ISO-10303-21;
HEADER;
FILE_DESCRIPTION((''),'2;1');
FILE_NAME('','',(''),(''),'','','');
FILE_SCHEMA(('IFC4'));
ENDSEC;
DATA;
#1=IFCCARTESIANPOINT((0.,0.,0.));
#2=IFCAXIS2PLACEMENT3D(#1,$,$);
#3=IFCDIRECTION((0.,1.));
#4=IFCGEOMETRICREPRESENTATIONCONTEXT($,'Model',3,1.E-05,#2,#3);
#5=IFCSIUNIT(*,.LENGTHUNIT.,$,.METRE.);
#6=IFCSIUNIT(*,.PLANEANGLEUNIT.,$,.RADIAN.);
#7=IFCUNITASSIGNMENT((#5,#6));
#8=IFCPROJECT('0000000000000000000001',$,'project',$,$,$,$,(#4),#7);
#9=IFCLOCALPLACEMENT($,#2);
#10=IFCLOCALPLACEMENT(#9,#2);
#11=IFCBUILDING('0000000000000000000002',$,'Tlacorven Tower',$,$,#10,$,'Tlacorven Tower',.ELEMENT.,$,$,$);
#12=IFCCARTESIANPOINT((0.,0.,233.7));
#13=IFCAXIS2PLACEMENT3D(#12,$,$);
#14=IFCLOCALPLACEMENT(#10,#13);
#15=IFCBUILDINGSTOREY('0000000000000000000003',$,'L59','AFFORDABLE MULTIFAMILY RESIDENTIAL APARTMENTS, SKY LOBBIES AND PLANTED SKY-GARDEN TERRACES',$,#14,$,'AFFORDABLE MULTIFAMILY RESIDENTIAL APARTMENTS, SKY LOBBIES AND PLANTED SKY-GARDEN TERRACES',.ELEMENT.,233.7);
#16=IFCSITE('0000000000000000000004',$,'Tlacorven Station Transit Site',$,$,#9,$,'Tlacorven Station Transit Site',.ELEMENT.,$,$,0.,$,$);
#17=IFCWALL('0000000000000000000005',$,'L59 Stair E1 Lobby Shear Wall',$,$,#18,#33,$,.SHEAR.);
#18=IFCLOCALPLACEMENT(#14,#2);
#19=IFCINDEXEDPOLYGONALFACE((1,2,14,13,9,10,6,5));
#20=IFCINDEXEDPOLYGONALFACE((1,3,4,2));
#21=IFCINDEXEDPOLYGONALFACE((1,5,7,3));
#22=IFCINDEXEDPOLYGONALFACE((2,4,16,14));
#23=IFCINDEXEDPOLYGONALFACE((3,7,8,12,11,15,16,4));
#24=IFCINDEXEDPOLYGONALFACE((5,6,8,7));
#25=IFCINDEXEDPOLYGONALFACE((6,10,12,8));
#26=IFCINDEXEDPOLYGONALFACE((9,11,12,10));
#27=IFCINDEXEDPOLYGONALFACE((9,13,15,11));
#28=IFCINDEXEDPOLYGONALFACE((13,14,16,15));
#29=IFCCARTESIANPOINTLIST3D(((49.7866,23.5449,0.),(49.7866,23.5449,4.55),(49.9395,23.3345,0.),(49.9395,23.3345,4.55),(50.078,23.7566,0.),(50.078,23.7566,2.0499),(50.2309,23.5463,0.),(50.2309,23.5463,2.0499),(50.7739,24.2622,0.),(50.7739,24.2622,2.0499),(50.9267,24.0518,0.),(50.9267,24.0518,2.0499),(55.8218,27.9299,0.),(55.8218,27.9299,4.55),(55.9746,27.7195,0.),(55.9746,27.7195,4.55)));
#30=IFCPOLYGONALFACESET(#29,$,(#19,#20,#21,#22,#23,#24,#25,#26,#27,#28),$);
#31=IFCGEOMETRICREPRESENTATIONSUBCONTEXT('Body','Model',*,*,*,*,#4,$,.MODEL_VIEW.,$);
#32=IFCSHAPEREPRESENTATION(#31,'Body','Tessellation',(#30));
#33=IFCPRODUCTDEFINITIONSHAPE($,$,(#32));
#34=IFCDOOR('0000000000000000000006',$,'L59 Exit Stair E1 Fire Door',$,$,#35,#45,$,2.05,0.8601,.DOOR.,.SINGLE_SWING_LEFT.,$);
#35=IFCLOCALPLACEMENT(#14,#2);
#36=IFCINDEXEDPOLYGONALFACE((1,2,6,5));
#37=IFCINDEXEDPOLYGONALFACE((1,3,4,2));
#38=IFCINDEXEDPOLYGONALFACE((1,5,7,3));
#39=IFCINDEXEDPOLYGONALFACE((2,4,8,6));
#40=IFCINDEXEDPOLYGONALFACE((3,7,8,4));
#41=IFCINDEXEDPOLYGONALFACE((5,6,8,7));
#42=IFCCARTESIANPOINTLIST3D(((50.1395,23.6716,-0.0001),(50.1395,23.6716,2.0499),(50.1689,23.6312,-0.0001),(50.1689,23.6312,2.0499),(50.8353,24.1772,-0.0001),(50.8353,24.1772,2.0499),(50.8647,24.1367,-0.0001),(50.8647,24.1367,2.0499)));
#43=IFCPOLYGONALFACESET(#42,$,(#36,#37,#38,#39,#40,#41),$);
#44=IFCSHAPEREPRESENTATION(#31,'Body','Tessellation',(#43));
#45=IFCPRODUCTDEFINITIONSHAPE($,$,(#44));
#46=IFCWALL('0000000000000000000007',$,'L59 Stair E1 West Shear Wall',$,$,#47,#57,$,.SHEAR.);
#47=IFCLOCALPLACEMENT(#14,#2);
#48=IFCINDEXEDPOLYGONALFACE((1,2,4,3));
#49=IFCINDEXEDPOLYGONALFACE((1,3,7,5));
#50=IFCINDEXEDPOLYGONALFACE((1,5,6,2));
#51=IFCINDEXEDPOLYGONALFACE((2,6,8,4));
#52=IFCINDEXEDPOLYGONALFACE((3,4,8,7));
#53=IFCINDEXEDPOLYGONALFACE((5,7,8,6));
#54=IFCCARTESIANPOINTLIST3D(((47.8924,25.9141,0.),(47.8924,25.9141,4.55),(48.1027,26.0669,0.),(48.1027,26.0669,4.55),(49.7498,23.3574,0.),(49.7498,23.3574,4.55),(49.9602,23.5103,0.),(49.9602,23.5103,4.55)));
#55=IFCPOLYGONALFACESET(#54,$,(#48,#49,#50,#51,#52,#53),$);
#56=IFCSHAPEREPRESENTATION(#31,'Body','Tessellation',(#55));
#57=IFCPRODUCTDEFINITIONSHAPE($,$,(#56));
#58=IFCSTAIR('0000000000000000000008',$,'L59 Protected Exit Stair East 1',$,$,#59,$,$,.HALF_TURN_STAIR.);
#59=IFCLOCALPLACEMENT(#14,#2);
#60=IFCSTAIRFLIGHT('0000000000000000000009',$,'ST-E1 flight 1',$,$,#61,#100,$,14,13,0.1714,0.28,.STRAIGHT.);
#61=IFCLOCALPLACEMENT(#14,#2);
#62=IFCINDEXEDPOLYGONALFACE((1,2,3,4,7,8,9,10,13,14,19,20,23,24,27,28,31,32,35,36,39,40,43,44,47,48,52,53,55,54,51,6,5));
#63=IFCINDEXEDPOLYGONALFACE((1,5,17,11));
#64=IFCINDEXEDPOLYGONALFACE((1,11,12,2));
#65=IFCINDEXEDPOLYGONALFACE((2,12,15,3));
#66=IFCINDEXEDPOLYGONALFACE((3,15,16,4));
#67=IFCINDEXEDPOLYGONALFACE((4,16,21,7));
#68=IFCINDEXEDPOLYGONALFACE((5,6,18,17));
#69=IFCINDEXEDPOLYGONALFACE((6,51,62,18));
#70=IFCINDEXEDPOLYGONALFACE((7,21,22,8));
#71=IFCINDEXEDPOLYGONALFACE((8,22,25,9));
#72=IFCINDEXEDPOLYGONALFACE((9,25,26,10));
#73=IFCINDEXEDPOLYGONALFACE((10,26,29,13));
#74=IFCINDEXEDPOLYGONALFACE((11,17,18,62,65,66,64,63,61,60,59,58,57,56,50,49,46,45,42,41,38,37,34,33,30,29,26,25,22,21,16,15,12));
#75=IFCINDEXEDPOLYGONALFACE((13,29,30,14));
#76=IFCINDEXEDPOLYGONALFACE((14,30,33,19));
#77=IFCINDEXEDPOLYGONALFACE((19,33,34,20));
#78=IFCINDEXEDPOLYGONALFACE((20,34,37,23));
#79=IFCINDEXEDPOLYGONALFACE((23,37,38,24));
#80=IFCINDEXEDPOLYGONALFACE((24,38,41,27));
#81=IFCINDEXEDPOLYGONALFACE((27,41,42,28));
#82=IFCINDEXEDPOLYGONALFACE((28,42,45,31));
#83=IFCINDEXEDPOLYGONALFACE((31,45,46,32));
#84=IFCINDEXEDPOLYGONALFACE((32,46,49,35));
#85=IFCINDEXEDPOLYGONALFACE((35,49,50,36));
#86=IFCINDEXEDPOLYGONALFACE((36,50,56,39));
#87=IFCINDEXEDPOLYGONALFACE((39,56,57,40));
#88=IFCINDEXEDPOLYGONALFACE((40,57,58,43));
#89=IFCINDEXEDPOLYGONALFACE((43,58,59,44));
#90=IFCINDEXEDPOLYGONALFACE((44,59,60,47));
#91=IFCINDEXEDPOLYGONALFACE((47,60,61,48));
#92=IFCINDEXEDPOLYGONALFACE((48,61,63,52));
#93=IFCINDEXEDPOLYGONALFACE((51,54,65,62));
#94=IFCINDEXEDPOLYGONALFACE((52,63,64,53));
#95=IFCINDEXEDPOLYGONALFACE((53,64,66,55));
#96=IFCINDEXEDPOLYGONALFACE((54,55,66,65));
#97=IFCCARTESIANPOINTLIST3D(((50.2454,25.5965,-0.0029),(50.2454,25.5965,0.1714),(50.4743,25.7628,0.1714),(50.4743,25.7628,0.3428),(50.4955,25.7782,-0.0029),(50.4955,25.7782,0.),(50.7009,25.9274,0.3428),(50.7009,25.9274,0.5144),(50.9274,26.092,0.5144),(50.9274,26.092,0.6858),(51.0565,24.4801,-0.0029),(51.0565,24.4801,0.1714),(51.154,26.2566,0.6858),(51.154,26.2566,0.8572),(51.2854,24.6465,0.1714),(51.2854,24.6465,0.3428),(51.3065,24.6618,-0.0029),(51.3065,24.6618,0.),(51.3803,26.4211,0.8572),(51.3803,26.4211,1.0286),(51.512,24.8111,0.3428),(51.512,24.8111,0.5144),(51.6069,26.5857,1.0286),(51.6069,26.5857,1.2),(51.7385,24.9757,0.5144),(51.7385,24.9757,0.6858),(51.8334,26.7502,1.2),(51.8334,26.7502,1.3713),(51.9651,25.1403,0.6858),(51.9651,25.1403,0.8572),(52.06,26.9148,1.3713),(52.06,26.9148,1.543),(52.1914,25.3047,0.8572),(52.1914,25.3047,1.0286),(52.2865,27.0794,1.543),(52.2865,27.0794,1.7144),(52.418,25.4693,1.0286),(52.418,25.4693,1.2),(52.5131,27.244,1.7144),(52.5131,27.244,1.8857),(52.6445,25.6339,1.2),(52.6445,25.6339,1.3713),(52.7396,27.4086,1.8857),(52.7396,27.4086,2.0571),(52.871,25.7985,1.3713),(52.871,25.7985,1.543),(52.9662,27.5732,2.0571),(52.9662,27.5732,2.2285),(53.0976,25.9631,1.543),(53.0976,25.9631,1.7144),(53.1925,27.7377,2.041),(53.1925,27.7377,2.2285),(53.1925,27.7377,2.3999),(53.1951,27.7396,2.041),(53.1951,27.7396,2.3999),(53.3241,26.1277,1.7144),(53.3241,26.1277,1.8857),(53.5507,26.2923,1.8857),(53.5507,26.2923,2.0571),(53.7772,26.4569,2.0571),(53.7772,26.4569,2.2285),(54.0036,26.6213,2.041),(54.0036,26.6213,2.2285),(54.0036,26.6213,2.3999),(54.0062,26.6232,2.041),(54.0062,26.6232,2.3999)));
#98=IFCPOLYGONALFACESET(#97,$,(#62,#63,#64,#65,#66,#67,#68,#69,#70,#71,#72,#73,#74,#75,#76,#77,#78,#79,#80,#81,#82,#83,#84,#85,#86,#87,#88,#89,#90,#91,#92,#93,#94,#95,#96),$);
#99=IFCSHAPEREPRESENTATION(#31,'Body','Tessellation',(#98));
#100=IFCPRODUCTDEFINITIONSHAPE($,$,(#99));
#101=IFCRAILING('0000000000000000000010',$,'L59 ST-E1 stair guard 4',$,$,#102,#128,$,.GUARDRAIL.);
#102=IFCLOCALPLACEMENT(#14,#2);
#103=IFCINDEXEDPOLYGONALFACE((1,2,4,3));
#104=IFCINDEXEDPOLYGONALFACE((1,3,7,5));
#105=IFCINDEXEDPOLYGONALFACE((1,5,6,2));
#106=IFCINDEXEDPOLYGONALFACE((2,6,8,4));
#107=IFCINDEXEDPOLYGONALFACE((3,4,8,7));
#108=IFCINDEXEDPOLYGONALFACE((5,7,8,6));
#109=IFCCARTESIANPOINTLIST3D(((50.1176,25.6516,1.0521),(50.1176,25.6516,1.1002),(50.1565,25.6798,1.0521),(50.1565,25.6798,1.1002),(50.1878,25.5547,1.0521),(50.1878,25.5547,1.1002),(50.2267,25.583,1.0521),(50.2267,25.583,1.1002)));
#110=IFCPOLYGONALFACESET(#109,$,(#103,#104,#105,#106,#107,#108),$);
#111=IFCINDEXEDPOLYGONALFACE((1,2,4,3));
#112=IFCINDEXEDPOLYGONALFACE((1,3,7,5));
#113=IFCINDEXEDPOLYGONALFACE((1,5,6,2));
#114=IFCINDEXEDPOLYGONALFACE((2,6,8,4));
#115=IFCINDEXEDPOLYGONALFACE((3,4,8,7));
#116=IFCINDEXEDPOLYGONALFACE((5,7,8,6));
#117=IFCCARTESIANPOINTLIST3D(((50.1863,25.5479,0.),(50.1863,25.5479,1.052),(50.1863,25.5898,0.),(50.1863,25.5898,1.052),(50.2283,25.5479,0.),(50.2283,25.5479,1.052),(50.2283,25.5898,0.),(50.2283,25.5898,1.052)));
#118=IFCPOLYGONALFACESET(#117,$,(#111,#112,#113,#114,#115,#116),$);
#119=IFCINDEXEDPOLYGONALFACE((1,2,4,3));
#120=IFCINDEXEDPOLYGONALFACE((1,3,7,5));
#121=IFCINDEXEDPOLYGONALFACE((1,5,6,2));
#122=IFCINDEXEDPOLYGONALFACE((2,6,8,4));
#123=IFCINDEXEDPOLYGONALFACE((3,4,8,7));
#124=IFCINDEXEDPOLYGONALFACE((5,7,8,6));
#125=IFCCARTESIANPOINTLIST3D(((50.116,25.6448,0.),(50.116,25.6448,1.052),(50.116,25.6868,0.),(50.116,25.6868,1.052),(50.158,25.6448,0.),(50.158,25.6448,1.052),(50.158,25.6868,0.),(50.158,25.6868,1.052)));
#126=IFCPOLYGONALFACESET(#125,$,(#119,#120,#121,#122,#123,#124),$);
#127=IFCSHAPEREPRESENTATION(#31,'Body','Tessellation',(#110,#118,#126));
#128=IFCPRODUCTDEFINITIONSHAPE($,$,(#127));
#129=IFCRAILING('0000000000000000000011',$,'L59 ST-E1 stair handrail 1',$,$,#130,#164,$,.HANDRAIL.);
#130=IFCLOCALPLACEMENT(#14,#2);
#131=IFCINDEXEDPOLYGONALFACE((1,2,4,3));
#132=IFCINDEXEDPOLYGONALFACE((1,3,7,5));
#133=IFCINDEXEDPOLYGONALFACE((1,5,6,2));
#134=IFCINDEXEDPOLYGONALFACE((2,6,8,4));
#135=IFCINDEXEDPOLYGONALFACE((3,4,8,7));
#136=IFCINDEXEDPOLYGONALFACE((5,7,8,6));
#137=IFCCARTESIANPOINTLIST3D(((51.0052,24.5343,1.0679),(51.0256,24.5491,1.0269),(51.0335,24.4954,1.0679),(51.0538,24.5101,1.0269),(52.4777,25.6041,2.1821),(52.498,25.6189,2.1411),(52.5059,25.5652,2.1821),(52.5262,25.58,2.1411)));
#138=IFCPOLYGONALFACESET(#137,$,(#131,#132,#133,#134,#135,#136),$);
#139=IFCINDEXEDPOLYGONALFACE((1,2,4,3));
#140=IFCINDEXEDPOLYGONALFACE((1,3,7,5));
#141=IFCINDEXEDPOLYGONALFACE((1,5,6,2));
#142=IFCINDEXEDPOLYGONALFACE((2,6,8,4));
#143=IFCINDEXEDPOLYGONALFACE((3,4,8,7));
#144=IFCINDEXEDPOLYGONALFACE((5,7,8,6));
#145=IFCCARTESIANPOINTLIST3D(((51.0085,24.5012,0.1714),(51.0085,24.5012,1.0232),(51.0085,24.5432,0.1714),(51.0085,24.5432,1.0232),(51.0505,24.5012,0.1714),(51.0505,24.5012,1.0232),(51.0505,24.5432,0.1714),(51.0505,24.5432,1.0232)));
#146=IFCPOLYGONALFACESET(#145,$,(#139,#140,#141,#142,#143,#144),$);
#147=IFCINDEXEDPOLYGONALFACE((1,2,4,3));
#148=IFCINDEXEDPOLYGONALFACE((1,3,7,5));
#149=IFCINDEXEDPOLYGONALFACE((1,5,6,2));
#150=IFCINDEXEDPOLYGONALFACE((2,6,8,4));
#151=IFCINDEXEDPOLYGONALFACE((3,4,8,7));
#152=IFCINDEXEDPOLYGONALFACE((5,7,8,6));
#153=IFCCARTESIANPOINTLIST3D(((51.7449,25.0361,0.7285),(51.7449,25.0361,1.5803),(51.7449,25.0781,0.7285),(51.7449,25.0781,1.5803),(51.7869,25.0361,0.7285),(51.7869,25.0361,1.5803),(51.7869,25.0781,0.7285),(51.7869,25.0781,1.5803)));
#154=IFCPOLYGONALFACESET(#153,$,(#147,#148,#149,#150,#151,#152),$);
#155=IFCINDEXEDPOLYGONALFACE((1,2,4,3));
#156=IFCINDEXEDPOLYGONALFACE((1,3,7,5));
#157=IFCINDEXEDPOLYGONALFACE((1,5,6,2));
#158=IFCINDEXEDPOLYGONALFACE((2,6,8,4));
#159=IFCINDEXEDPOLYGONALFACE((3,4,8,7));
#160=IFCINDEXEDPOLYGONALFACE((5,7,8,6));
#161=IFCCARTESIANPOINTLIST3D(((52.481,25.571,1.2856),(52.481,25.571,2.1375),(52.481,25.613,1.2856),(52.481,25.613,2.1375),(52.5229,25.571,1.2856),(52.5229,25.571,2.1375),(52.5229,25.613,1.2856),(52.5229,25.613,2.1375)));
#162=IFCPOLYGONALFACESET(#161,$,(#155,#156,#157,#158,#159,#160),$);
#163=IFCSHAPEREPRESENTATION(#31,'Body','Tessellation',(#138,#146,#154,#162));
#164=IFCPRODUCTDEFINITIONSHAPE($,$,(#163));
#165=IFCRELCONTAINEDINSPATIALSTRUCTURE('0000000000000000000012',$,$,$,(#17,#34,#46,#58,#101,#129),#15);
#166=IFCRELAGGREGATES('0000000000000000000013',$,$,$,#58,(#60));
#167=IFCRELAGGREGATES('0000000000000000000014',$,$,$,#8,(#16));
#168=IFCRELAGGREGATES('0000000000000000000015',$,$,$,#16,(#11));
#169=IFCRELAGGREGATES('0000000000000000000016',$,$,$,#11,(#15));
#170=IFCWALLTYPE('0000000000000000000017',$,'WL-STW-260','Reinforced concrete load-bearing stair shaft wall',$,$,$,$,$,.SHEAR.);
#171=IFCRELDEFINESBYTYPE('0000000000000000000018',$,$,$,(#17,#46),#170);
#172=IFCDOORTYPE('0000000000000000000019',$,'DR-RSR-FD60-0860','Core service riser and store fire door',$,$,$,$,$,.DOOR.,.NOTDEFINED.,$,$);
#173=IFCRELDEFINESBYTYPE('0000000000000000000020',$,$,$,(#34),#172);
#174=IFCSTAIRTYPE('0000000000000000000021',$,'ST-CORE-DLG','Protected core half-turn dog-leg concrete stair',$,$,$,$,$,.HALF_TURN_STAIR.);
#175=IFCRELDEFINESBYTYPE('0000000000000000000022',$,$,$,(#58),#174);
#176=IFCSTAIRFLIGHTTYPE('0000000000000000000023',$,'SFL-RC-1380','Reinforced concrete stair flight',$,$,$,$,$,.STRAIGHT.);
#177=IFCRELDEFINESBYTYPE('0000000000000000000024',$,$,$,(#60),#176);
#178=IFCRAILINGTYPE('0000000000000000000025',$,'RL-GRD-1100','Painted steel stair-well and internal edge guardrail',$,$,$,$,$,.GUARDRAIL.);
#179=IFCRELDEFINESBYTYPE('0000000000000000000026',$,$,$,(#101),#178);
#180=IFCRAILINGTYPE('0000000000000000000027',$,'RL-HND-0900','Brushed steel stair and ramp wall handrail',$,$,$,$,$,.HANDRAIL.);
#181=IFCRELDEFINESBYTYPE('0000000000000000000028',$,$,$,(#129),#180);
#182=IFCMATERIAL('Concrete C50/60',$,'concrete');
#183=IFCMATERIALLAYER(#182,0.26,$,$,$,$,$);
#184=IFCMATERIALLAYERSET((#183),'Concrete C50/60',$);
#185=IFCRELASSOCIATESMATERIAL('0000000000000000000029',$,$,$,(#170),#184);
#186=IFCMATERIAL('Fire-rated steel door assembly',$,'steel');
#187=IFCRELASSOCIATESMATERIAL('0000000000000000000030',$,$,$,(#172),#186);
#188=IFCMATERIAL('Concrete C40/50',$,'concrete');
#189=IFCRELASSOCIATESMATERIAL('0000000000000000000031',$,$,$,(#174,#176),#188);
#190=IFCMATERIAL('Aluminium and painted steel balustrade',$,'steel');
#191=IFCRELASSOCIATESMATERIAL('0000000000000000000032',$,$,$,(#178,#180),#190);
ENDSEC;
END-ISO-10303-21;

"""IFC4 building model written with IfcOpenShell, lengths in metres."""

from ifc_helpers import new_model, si_unit, direction, frame, frame_2d, origin, origin_2d, place, context, subcontext, project, spatial, polyline, rectangle, outline, extrude, source, transform, mapped, material, layer, layer_set, type_object, element, fill, aggregate, save


model = new_model("IFC4")

# Units and contexts
model_context = context("Model", 3, precision=1e-05, world=origin(), true_north=direction((0.0, 1.0)))
body_context = subcontext(model_context, "Body", "Model", "MODEL_VIEW")
ifc_project = project(units=[si_unit("LENGTHUNIT", "METRE"), si_unit("PLANEANGLEUNIT", "RADIAN")], contexts=[model_context])

# Site, building, storey
site_placement = place(None, origin())
site = spatial("IfcSite", under=ifc_project, at=site_placement, Name="Tlacorven Station Transit Site", LongName="Tlacorven Station Transit Site", CompositionType="ELEMENT", RefElevation=0.0)
building_placement = place(site_placement, origin())
building = spatial("IfcBuilding", under=site, at=building_placement, Name="Tlacorven Tower", LongName="Tlacorven Tower", CompositionType="ELEMENT")
storey_placement = place(building_placement, frame((0.0, 0.0, 233.7)))
storey = spatial("IfcBuildingStorey", under=building, at=storey_placement, Name="L59", Description="AFFORDABLE MULTIFAMILY RESIDENTIAL APARTMENTS, SKY LOBBIES AND PLANTED SKY-GARDEN TERRACES", LongName="AFFORDABLE MULTIFAMILY RESIDENTIAL APARTMENTS, SKY LOBBIES AND PLANTED SKY-GARDEN TERRACES", CompositionType="ELEMENT", Elevation=233.7)

# Shared definitions
ifc_material_1 = material(Name="Concrete C50/60", Category="concrete")

# Shared definitions
ifc_material_2 = material(Name="Concrete C40/50", Category="concrete")
ifc_layer_1 = layer(ifc_material_1, 0.26)
ifc_layer_set_1 = layer_set([ifc_layer_1], Name="Concrete C50/60")
wall_type_1 = type_object("IfcWallType", Name="WL-STW-260", Description="Reinforced concrete load-bearing stair shaft wall", PredefinedType="SHEAR", material=ifc_layer_set_1)

# Wall, opening, door
wall_1_placement = place(storey_placement, frame((49.863, 23.4397, 0.0), z_axis=(0.0, 0.0, 1.0), x_axis=(0.809003, 0.587804, 0.0)))
wall_1 = element("IfcWall", 1, at=wall_1_placement, inside=storey, type_object=wall_type_1, Name="L59 Stair E1 Lobby Shear Wall", PredefinedType="SHEAR", context=body_context, shape_type="SweptSolid", body=[
    extrude(rectangle(XDim=7.46, YDim=0.26, at=frame_2d((3.73, 0.0))), origin(), (0.0, 0.0, 1.0), 4.55),
])
opening_1_placement = place(wall_1_placement, frame((0.3601, 0.0, 0.0)))
opening_1 = element("IfcOpeningElement", 2, at=opening_1_placement, cuts=wall_1, PredefinedType="OPENING", context=body_context, shape_type="SweptSolid", body=[
    extrude(rectangle(XDim=0.8601, YDim=2.05, at=frame_2d((0.4302, 1.0249))), frame((0.0, 0.1401, 0.0), z_axis=(0.0, -1.0, 0.0), x_axis=(1.0, 0.0, 0.0)), (0.0, 0.0, 1.0), 0.28),
])
ifc_material_3 = material(Name="Fire-rated steel door assembly", Category="steel")
door_type_1 = type_object("IfcDoorType", Name="DR-RSR-FD60-0860", Description="Core service riser and store fire door", OperationType="NOTDEFINED", PredefinedType="DOOR", material=ifc_material_3)
shared_shape_1 = source(origin(), body_context, "Body", "SweptSolid", [
    extrude(rectangle(XDim=0.8601, YDim=2.05, at=frame_2d((0.4302, 1.0249))), frame((0.0, 0.0249, 0.0), z_axis=(0.0, -1.0, 0.0), x_axis=(1.0, 0.0, 0.0)), (0.0, 0.0, 1.0), 0.05),
])
door_1_placement = place(opening_1_placement, frame((0.8601, 0.0, 0.0), z_axis=(0.0, 0.0, 1.0), x_axis=(-1.0, 0.0, 0.0)))
door_1 = element("IfcDoor", 3, at=door_1_placement, inside=storey, type_object=door_type_1, Name="L59 Exit Stair E1 Fire Door", OperationType="SINGLE_SWING_LEFT", OverallHeight=2.05, OverallWidth=0.8601, PredefinedType="DOOR", context=body_context, shape_type="MappedRepresentation", body=[
    mapped(shared_shape_1, transform((0.0, 0.0, 0.0), scale=1.0)),
])
fill(opening_1, door_1)

# Wall
wall_2_placement = place(storey_placement, frame((49.855, 23.4338, 0.0), z_axis=(0.0, 0.0, 1.0), x_axis=(-0.587767, 0.80903, 0.0)))
element("IfcWall", 4, at=wall_2_placement, inside=storey, type_object=wall_type_1, Name="L59 Stair E1 West Shear Wall", PredefinedType="SHEAR", context=body_context, shape_type="SweptSolid", body=[
    extrude(rectangle(XDim=3.1602, YDim=0.26, at=frame_2d((1.5801, 0.0))), origin(), (0.0, 0.0, 1.0), 4.55),
])

# Stair, stair flight
stair_type = type_object("IfcStairType", Name="ST-CORE-DLG", Description="Protected core half-turn dog-leg concrete stair", PredefinedType="HALF_TURN_STAIR", material=ifc_material_2)
stair_placement = place(storey_placement, origin())
stair = element("IfcStair", 5, at=stair_placement, inside=storey, type_object=stair_type, Name="L59 Protected Exit Stair East 1", PredefinedType="HALF_TURN_STAIR")
stair_flight_type = type_object("IfcStairFlightType", Name="SFL-RC-1380", Description="Reinforced concrete stair flight", PredefinedType="STRAIGHT", material=ifc_material_2)
shared_shape_2 = source(origin(), body_context, "Body", "SweptSolid", [
    extrude(outline(polyline([(-0.0029, -0.0029), (-0.0029, 0.1714), (0.28, 0.1714), (0.28, 0.3428), (0.5601, 0.3428), (0.5601, 0.5144), (0.8401, 0.5144), (0.8401, 0.6858), (1.1201, 0.6858), (1.1201, 0.8572), (1.3999, 0.8572), (1.3999, 1.0286), (1.6799, 1.0286), (1.6799, 1.2), (1.96, 1.2), (1.96, 1.3713), (2.24, 1.3713), (2.24, 1.543), (2.52, 1.543), (2.52, 1.7144), (2.8, 1.7144), (2.8, 1.8857), (3.0801, 1.8857), (3.0801, 2.0571), (3.3601, 2.0571), (3.3601, 2.2285), (3.6399, 2.2285), (3.6399, 2.3999), (3.6431, 2.3999), (3.6431, 2.041), (3.6399, 2.041), (0.3062, 0.0), (0.3062, -0.0029), (-0.0029, -0.0029)])), frame((0.0, 0.6899, 0.0), z_axis=(0.0, -1.0, 0.0), x_axis=(1.0, 0.0, 0.0)), (0.0, 0.0, 1.0), 1.3799),
])
stair_flight_placement = place(storey_placement, frame((50.6533, 25.04, 0.0), z_axis=(0.0, 0.0, 1.0), x_axis=(0.809017, 0.587785, 0.0)))
stair_flight = element("IfcStairFlight", 6, at=stair_flight_placement, type_object=stair_flight_type, Name="ST-E1 flight 1", NumberOfRisers=14, NumberOfTreads=13, PredefinedType="STRAIGHT", RiserHeight=0.1714, TreadLength=0.28, context=body_context, shape_type="MappedRepresentation", body=[
    mapped(shared_shape_2, transform((0.0, 0.0, 0.0), scale=1.0)),
])
aggregate(stair, [stair_flight])

# Railings
ifc_material_4 = material(Name="Aluminium and painted steel balustrade", Category="steel")
railing_type_1 = type_object("IfcRailingType", Name="RL-GRD-1100", Description="Painted steel stair-well and internal edge guardrail", PredefinedType="GUARDRAIL", material=ifc_material_4)
shared_shape_3 = source(origin(), body_context, "Body", "SweptSolid", [
    extrude(rectangle(XDim=0.0481, YDim=0.0481, at=origin_2d()), frame((0.0, 0.0, 1.0762), z_axis=(-0.587201, 0.809441, 0.0), x_axis=(-0.809441, -0.587201, 0.0)), (0.0, 0.0, 1.0), 0.1196),
    extrude(rectangle(XDim=0.042, YDim=0.042, at=origin_2d()), origin(), (0.0, 0.0, 1.0), 1.052),
    extrude(rectangle(XDim=0.042, YDim=0.042, at=origin_2d()), frame((-0.0703, 0.0969, 0.0)), (0.0, 0.0, 1.0), 1.052),
])
railing_1_placement = place(storey_placement, frame((50.2073, 25.5688, 0.0)))
element("IfcRailing", 7, at=railing_1_placement, inside=storey, type_object=railing_type_1, Name="L59 ST-E1 stair guard 4", PredefinedType="GUARDRAIL", context=body_context, shape_type="MappedRepresentation", body=[
    mapped(shared_shape_3, transform((0.0, 0.0, 0.0), scale=1.0)),
])
railing_type_2 = type_object("IfcRailingType", Name="RL-HND-0900", Description="Brushed steel stair and ramp wall handrail", PredefinedType="HANDRAIL", material=ifc_material_4)
shared_shape_4 = source(origin(), body_context, "Body", "SweptSolid", [
    extrude(rectangle(XDim=0.0481, YDim=0.0481, at=origin_2d()), frame((0.0, 0.0, 0.876), z_axis=(0.689967, 0.501316, 0.522137), x_axis=(-0.587805, 0.809003, 0.0)), (0.0, 0.0, 1.0), 2.134),
    extrude(rectangle(XDim=0.042, YDim=0.042, at=origin_2d()), origin(), (0.0, 0.0, 1.0), 0.8518),
    extrude(rectangle(XDim=0.042, YDim=0.042, at=origin_2d()), frame((0.7363, 0.5349, 0.5571)), (0.0, 0.0, 1.0), 0.8518),
    extrude(rectangle(XDim=0.042, YDim=0.042, at=origin_2d()), frame((1.4724, 1.0698, 1.1143)), (0.0, 0.0, 1.0), 0.8518),
])
railing_2_placement = place(storey_placement, frame((51.0295, 24.5222, 0.1714)))
element("IfcRailing", 8, at=railing_2_placement, inside=storey, type_object=railing_type_2, Name="L59 ST-E1 stair handrail 1", PredefinedType="HANDRAIL", context=body_context, shape_type="MappedRepresentation", body=[
    mapped(shared_shape_4, transform((0.0, 0.0, 0.0), scale=1.0)),
])

save(model, "model.ifc")
